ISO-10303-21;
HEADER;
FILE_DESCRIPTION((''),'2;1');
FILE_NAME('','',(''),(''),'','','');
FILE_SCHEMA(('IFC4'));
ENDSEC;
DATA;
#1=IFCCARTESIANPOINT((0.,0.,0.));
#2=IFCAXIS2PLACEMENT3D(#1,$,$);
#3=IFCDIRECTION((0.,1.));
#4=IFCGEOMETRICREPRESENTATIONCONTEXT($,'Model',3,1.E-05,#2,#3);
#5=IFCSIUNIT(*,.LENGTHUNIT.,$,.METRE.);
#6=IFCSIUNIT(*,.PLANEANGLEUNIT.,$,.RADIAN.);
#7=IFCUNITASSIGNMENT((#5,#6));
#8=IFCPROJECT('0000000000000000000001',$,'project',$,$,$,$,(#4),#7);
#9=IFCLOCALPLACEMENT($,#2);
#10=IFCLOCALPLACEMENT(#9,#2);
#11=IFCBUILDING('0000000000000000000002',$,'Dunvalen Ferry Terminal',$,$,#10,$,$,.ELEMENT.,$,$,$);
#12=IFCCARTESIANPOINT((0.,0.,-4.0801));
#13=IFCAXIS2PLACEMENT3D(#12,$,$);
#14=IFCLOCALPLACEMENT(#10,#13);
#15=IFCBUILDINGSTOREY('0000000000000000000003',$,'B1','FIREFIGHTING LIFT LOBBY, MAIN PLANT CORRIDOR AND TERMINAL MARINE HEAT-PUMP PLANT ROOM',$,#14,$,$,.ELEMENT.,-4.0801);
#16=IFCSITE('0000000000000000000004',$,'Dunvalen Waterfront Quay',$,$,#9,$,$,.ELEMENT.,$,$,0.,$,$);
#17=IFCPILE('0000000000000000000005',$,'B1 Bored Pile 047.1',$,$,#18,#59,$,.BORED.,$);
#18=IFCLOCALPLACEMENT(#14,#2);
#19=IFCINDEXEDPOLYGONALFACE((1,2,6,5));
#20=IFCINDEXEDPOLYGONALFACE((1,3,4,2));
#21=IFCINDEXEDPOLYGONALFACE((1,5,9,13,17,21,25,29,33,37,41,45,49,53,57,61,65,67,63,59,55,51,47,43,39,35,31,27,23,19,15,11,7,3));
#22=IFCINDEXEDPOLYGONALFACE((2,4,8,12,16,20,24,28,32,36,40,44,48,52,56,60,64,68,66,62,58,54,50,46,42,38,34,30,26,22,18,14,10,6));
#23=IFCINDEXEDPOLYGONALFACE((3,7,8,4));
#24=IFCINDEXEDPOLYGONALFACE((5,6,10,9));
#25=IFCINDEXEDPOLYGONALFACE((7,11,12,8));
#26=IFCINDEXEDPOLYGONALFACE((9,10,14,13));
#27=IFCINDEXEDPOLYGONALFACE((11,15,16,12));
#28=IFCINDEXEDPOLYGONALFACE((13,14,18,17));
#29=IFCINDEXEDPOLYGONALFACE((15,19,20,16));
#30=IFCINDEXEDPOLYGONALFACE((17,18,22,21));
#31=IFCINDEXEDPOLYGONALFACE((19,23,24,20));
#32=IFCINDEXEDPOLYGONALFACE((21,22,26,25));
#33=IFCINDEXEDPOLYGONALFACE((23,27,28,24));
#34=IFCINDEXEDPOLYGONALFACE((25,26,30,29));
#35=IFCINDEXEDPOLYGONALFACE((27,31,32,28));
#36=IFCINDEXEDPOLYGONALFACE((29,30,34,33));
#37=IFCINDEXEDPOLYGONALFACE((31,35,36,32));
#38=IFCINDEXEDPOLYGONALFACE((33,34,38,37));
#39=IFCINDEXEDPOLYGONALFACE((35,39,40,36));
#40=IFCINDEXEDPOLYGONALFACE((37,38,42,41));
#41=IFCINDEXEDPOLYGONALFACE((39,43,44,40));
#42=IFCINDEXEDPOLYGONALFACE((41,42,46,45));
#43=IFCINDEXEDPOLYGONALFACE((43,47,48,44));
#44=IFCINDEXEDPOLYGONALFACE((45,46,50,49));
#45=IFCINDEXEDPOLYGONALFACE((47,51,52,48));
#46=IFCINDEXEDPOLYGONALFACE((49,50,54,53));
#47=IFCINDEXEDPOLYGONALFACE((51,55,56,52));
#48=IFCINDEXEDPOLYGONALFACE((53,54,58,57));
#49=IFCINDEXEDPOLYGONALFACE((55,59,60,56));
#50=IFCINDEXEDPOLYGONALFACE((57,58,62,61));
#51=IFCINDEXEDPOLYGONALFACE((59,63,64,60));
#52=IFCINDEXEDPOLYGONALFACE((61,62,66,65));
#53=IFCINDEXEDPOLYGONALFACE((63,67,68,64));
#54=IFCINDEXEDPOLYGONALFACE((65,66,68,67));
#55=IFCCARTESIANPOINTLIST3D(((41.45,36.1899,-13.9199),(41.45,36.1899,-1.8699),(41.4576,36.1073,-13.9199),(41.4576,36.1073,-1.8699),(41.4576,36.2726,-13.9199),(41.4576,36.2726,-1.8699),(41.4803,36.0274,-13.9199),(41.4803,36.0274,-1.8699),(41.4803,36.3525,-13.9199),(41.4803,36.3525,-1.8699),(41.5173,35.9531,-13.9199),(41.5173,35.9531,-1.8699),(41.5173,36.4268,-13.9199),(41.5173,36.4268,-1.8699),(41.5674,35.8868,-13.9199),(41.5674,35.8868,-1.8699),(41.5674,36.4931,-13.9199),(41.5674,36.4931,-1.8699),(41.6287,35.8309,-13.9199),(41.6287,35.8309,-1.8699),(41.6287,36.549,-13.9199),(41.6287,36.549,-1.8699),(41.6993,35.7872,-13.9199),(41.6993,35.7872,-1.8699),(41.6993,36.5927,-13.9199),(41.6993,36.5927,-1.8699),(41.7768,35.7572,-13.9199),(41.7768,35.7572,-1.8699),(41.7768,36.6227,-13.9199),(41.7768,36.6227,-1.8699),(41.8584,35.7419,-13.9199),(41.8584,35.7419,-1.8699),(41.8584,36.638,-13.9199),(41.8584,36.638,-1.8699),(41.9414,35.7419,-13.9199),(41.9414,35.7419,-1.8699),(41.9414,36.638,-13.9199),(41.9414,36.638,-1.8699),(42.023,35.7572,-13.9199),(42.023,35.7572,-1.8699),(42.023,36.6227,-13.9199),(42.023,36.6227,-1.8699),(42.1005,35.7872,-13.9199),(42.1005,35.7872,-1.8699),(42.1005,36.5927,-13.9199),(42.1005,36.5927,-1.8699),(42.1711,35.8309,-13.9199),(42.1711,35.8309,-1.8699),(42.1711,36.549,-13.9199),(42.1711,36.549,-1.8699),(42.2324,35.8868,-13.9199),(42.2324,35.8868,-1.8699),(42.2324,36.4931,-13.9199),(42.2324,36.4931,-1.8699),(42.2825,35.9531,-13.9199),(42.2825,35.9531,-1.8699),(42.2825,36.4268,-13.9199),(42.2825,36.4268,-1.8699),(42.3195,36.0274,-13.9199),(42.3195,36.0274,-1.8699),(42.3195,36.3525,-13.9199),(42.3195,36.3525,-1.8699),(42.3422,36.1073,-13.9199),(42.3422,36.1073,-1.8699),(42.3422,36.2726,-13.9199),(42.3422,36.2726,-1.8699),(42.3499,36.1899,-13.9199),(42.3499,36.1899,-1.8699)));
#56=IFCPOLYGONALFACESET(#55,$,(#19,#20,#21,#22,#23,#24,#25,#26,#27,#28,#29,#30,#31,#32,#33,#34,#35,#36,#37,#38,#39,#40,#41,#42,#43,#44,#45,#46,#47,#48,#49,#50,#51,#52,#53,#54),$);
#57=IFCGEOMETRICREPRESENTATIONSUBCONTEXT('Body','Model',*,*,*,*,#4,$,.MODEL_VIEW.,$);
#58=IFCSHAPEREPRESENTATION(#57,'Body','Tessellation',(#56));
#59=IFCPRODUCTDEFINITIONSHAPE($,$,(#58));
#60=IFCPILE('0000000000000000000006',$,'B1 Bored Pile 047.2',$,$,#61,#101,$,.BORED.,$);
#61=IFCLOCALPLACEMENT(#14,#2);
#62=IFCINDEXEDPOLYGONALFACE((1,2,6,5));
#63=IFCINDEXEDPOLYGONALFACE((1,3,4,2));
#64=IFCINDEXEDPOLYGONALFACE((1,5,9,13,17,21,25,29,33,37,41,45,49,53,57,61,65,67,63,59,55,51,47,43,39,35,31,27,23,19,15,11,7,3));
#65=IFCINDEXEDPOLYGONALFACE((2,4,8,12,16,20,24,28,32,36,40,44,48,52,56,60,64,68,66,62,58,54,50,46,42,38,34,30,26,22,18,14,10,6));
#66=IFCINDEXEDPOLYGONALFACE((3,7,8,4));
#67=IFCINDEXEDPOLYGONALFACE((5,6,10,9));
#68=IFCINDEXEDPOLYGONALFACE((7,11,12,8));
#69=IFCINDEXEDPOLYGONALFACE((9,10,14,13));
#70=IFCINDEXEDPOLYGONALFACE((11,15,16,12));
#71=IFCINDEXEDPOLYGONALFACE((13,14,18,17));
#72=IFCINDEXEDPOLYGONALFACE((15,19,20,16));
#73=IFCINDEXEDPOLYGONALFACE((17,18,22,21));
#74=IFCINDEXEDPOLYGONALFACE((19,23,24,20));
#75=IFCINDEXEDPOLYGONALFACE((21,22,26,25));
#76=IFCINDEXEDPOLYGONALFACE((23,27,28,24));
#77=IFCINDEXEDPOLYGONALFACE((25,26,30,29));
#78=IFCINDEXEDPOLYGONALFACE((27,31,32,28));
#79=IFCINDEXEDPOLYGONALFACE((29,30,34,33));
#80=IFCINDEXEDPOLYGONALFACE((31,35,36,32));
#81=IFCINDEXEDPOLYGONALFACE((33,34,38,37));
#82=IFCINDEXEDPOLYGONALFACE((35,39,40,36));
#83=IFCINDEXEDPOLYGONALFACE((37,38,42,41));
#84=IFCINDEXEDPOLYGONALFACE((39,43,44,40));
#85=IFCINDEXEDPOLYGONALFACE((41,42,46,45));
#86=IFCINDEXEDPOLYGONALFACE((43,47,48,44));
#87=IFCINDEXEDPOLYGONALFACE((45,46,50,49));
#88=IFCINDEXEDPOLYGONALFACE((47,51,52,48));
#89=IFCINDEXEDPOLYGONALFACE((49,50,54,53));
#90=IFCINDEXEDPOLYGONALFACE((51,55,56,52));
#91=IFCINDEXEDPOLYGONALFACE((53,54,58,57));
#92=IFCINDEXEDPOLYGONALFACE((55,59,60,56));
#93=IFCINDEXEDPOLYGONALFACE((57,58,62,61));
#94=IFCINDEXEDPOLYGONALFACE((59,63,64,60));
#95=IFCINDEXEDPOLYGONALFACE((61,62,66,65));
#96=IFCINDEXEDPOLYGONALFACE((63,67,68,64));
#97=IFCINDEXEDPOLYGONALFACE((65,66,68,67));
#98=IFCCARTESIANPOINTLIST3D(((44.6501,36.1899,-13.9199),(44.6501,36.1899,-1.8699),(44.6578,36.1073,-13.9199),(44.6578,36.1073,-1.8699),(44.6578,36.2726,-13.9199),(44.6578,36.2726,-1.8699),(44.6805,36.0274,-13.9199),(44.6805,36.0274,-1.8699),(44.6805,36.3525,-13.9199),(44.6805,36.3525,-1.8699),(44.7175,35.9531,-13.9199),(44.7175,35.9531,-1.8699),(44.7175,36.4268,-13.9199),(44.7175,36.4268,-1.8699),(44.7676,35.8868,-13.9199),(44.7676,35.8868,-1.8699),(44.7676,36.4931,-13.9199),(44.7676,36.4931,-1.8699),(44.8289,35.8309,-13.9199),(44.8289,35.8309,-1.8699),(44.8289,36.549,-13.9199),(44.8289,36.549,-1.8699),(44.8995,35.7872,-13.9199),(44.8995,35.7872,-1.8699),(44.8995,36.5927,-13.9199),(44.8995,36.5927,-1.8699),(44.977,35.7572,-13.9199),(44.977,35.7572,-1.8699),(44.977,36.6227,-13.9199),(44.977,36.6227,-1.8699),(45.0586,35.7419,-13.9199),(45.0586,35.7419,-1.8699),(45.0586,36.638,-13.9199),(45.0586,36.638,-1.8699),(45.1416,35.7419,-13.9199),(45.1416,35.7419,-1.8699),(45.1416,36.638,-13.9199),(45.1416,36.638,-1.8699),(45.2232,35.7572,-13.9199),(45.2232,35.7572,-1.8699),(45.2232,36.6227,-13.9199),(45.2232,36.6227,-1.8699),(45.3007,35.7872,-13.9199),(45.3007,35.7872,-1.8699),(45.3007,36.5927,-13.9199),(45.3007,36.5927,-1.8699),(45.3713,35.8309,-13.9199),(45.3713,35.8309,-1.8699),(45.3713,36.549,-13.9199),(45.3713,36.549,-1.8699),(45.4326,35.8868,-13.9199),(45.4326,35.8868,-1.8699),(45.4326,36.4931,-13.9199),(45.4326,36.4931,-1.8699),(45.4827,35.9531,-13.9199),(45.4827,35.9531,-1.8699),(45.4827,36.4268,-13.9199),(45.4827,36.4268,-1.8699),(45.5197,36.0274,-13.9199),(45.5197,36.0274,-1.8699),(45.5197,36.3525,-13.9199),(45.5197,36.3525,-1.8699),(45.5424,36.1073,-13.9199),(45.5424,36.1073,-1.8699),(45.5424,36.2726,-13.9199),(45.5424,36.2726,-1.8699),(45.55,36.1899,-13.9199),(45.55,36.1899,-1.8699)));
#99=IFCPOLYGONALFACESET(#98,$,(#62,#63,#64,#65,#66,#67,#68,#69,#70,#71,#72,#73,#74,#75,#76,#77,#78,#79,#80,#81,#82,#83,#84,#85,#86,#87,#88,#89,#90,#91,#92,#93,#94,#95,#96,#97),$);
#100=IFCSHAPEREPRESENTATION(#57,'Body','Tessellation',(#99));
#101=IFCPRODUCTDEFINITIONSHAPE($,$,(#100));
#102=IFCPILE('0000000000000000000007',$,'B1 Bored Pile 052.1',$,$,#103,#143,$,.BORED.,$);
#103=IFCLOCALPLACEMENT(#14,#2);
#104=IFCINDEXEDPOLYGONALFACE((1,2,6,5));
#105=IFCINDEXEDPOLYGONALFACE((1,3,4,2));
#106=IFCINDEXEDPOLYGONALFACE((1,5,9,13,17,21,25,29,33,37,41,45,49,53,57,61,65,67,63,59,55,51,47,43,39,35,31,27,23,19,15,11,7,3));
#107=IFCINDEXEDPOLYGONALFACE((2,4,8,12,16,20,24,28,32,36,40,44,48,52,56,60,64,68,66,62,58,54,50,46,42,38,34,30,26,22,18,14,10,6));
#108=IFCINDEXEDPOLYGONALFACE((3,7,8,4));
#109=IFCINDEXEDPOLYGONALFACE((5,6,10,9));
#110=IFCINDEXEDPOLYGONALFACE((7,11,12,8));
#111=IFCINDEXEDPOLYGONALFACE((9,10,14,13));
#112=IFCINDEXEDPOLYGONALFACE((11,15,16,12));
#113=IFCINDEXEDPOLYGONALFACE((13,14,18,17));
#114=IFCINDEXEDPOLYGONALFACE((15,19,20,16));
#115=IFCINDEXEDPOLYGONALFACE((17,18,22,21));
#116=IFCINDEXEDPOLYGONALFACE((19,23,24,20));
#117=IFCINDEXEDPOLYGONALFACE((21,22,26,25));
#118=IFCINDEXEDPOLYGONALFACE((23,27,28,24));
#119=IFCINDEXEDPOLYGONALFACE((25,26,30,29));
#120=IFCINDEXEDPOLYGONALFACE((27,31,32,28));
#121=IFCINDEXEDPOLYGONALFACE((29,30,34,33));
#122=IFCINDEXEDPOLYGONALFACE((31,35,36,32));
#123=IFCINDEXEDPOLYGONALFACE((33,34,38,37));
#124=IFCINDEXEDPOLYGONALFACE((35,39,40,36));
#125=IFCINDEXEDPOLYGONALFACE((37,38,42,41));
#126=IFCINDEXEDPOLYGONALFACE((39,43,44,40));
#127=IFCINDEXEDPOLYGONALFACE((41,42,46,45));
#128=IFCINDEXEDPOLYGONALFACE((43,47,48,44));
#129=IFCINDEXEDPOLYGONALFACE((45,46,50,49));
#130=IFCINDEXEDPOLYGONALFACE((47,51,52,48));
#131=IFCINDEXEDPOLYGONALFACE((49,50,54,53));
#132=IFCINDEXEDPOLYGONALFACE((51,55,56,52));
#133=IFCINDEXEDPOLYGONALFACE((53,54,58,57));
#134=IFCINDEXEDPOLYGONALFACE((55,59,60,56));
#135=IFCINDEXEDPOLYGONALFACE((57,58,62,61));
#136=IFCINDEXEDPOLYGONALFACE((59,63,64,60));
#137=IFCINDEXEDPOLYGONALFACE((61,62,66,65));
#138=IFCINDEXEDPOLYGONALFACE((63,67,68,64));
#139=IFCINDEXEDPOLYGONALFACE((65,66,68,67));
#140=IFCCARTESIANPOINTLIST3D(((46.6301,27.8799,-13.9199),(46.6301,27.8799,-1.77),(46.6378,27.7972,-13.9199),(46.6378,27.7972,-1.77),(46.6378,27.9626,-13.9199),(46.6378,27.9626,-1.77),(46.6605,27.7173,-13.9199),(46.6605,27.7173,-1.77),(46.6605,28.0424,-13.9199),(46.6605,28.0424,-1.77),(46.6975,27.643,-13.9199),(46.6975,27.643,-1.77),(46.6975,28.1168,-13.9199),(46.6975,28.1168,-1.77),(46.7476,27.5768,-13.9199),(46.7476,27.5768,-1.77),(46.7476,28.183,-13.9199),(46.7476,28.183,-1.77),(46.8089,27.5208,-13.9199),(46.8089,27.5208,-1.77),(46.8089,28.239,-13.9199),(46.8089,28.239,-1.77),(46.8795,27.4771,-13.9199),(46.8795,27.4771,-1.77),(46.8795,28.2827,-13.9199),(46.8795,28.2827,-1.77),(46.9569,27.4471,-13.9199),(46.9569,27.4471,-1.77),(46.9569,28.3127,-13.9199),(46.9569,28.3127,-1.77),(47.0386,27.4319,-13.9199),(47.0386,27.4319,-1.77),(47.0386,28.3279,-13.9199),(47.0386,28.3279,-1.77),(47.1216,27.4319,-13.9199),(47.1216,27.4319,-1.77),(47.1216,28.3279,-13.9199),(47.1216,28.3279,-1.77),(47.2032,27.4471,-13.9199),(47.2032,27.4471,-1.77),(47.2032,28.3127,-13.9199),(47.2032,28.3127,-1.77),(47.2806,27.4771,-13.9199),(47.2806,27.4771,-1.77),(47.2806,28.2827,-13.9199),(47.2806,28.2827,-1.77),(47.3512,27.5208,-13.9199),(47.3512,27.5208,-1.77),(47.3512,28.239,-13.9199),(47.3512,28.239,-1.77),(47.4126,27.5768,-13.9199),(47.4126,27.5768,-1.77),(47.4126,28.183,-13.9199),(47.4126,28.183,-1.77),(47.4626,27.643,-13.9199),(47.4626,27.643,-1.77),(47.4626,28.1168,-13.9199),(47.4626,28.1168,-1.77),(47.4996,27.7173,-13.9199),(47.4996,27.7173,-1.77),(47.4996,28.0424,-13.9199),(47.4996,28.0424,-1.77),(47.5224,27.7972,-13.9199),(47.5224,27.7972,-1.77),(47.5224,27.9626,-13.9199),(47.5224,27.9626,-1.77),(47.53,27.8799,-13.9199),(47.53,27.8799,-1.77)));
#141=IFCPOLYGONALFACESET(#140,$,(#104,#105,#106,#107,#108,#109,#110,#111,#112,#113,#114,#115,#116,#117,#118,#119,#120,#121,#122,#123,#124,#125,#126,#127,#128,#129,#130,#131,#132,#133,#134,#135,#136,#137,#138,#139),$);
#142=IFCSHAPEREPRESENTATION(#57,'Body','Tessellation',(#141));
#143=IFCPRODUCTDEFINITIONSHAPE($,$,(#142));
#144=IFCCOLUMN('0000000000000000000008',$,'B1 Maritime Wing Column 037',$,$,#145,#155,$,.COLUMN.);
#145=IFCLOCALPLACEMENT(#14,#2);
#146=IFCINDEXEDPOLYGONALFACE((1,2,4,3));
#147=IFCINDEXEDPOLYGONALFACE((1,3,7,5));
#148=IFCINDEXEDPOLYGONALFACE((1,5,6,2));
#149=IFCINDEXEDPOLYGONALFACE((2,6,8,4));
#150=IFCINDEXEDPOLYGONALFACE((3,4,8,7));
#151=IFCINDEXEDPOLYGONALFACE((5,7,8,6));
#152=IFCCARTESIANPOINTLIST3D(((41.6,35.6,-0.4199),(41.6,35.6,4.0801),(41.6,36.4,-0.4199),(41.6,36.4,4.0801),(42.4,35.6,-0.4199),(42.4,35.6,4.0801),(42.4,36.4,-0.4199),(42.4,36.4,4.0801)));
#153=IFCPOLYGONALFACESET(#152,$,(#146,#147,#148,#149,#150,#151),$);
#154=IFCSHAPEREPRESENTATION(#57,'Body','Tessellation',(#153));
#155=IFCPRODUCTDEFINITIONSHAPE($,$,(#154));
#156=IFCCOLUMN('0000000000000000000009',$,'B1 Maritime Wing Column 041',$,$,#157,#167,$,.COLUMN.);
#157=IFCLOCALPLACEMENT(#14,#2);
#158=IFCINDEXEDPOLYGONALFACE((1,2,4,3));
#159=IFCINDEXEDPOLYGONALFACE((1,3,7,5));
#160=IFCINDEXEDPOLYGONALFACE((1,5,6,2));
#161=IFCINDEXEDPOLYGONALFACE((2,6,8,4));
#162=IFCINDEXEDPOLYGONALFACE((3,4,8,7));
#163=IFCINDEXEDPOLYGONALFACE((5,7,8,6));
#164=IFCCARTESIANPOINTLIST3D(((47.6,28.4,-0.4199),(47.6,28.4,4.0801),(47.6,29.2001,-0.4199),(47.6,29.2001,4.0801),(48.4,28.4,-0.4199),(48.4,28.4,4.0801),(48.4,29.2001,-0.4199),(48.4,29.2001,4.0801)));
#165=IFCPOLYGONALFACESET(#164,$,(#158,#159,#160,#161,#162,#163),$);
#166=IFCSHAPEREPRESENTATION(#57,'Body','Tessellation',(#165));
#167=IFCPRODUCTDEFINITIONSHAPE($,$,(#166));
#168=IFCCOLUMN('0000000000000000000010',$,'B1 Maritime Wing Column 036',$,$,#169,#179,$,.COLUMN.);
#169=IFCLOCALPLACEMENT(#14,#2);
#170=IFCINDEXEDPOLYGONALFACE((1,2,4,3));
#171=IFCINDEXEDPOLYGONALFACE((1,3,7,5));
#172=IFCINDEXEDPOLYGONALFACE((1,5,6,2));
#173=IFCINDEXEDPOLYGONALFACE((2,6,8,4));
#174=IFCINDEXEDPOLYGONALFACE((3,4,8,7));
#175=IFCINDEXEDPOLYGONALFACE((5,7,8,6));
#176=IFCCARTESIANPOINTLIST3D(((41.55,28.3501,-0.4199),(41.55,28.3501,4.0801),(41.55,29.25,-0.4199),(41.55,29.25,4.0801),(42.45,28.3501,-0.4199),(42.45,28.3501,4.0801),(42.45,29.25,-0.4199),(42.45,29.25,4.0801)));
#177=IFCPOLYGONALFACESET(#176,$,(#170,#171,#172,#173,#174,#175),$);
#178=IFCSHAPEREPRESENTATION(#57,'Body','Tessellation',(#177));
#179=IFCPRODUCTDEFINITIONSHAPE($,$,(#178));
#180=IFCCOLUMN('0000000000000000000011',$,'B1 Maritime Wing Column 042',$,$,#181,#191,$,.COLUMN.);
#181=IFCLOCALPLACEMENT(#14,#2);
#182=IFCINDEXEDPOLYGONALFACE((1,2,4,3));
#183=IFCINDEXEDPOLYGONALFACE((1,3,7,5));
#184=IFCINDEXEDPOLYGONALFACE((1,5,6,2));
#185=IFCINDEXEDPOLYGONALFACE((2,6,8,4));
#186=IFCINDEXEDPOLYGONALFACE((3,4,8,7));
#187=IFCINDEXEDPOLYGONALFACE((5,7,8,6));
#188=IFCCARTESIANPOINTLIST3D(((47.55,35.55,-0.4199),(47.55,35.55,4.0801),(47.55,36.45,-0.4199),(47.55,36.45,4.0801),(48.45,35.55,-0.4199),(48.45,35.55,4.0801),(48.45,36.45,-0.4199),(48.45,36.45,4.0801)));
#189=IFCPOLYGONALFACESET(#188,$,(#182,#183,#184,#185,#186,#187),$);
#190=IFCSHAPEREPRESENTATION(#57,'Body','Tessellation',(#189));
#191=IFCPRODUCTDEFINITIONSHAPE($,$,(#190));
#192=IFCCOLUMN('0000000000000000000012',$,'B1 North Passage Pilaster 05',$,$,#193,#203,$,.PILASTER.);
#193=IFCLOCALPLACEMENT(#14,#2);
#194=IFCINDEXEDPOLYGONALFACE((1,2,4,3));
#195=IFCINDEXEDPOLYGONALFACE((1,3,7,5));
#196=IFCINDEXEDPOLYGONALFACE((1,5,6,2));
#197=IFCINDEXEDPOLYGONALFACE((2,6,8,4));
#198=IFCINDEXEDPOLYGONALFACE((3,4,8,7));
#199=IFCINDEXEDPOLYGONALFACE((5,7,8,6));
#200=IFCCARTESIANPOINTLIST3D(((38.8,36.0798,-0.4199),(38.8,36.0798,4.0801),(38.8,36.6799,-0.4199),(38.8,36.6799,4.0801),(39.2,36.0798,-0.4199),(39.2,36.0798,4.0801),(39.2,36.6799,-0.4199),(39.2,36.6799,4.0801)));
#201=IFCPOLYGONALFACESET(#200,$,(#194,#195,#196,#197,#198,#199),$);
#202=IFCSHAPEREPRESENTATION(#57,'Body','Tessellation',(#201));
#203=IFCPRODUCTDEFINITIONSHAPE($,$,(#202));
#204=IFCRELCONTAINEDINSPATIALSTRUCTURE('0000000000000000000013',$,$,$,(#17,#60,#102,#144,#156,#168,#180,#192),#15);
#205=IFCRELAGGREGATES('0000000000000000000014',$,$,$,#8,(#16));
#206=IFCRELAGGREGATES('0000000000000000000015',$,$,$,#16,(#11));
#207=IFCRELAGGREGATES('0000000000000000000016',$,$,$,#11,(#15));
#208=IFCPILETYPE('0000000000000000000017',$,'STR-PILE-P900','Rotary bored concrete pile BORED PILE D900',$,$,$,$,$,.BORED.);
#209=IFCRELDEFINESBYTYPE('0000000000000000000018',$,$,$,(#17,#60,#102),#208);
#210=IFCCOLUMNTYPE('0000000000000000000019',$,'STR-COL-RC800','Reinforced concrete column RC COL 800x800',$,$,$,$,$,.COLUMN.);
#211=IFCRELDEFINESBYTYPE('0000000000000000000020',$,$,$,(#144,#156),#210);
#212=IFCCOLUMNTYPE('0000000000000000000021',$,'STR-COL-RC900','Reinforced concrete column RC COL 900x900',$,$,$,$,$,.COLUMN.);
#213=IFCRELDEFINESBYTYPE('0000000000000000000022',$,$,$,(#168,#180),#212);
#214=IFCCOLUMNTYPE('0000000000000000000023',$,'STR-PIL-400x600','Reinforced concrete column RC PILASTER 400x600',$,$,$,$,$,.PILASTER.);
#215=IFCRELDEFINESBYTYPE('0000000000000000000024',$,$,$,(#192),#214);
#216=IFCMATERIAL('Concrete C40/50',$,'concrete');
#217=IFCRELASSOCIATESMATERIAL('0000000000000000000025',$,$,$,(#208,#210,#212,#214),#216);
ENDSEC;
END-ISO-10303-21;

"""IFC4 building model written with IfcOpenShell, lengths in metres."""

from ifc_helpers import new_model, si_unit, direction, frame, origin, origin_2d, place, context, subcontext, project, spatial, rectangle, circle, extrude, material, material_profile, profile_set, type_object, element, save


model = new_model("IFC4")

# Units and contexts
model_context = context("Model", 3, precision=1e-05, world=origin(), true_north=direction((0.0, 1.0)))
body_context = subcontext(model_context, "Body", "Model", "MODEL_VIEW")
ifc_project = project(units=[si_unit("LENGTHUNIT", "METRE"), si_unit("PLANEANGLEUNIT", "RADIAN")], contexts=[model_context])

# Site, building, storey
site_placement = place(None, origin())
site = spatial("IfcSite", under=ifc_project, at=site_placement, Name="Dunvalen Waterfront Quay", CompositionType="ELEMENT", RefElevation=0.0)
building_placement = place(site_placement, origin())
building = spatial("IfcBuilding", under=site, at=building_placement, Name="Dunvalen Ferry Terminal", CompositionType="ELEMENT")
storey_placement = place(building_placement, frame((0.0, 0.0, -4.0801)))
storey = spatial("IfcBuildingStorey", under=building, at=storey_placement, Name="B1", Description="FIREFIGHTING LIFT LOBBY, MAIN PLANT CORRIDOR AND TERMINAL MARINE HEAT-PUMP PLANT ROOM", CompositionType="ELEMENT", Elevation=-4.0801)

# Shared definitions
ifc_material_1 = material(Name="Concrete C40/50", Category="concrete")

# Piles
ifc_material_profile_1 = material_profile(ifc_material_1, circle(Radius=0.45, at=origin_2d()), Name="Concrete C40/50")
ifc_profile_set_1 = profile_set([ifc_material_profile_1], Name="Concrete C40/50")
pile_type_1 = type_object("IfcPileType", Name="STR-PILE-P900", Description="Rotary bored concrete pile BORED PILE D900", PredefinedType="BORED", material=ifc_profile_set_1)
for number, where, z_axis, x_axis, name in (
    (1, (41.8999, 36.1899, -1.8699), (0.0, 0.0, -1.0), (1.0, 0.0, 0.0), "B1 Bored Pile 047.1"),
    (2, (45.1001, 36.1899, -1.8699), (0.0, 0.0, -1.0), (1.0, 0.0, 0.0), "B1 Bored Pile 047.2"),
):
    element("IfcPile", number, at=place(storey_placement, frame(where, z_axis=z_axis, x_axis=x_axis)), inside=storey, type_object=pile_type_1, Name=name, PredefinedType="BORED", context=body_context, shape_type="SweptSolid", body=[
        extrude(circle(Radius=0.45, at=origin_2d()), origin(), (0.0, 0.0, 1.0), 12.05),
    ])
pile_1_placement = place(storey_placement, frame((47.0801, 27.8799, -1.77), z_axis=(0.0, 0.0, -1.0), x_axis=(1.0, 0.0, 0.0)))
element("IfcPile", 3, at=pile_1_placement, inside=storey, type_object=pile_type_1, Name="B1 Bored Pile 052.1", PredefinedType="BORED", context=body_context, shape_type="SweptSolid", body=[
    extrude(circle(Radius=0.45, at=origin_2d()), origin(), (0.0, 0.0, 1.0), 12.1499),
])

# Columns
ifc_material_profile_2 = material_profile(ifc_material_1, rectangle(XDim=0.8, YDim=0.8, at=origin_2d()), Name="Concrete C40/50")
ifc_profile_set_2 = profile_set([ifc_material_profile_2], Name="Concrete C40/50")
column_type_1 = type_object("IfcColumnType", Name="STR-COL-RC800", Description="Reinforced concrete column RC COL 800x800", PredefinedType="COLUMN", material=ifc_profile_set_2)
for number, where, z_axis, x_axis, name in (
    (4, (42.0, 36.0, -0.4199), (0.0, 0.0, 1.0), (1.0, 0.0, 0.0), "B1 Maritime Wing Column 037"),
    (5, (48.0, 28.8, -0.4199), (0.0, 0.0, 1.0), (1.0, 0.0, 0.0), "B1 Maritime Wing Column 041"),
):
    element("IfcColumn", number, at=place(storey_placement, frame(where, z_axis=z_axis, x_axis=x_axis)), inside=storey, type_object=column_type_1, Name=name, PredefinedType="COLUMN", context=body_context, shape_type="SweptSolid", body=[
        extrude(rectangle(XDim=0.8, YDim=0.8, at=origin_2d()), origin(), (0.0, 0.0, 1.0), 4.5),
    ])
ifc_material_profile_3 = material_profile(ifc_material_1, rectangle(XDim=0.8999, YDim=0.8999, at=origin_2d()), Name="Concrete C40/50")
ifc_profile_set_3 = profile_set([ifc_material_profile_3], Name="Concrete C40/50")
column_type_2 = type_object("IfcColumnType", Name="STR-COL-RC900", Description="Reinforced concrete column RC COL 900x900", PredefinedType="COLUMN", material=ifc_profile_set_3)
for number, where, z_axis, x_axis, name in (
    (6, (42.0, 28.8, -0.4199), (0.0, 0.0, 1.0), (1.0, 0.0, 0.0), "B1 Maritime Wing Column 036"),
    (7, (48.0, 36.0, -0.4199), (0.0, 0.0, 1.0), (1.0, 0.0, 0.0), "B1 Maritime Wing Column 042"),
):
    element("IfcColumn", number, at=place(storey_placement, frame(where, z_axis=z_axis, x_axis=x_axis)), inside=storey, type_object=column_type_2, Name=name, PredefinedType="COLUMN", context=body_context, shape_type="SweptSolid", body=[
        extrude(rectangle(XDim=0.8999, YDim=0.8999, at=origin_2d()), origin(), (0.0, 0.0, 1.0), 4.5),
    ])
ifc_material_profile_4 = material_profile(ifc_material_1, rectangle(XDim=0.3999, YDim=0.6001, at=origin_2d()), Name="Concrete C40/50")
ifc_profile_set_4 = profile_set([ifc_material_profile_4], Name="Concrete C40/50")
column_type_3 = type_object("IfcColumnType", Name="STR-PIL-400x600", Description="Reinforced concrete column RC PILASTER 400x600", PredefinedType="PILASTER", material=ifc_profile_set_4)
for number, where, z_axis, x_axis, name in (
    (8, (39.0, 36.3799, -0.4199), (0.0, 0.0, 1.0), (1.0, 0.0, 0.0), "B1 North Passage Pilaster 05"),
):
    element("IfcColumn", number, at=place(storey_placement, frame(where, z_axis=z_axis, x_axis=x_axis)), inside=storey, type_object=column_type_3, Name=name, PredefinedType="PILASTER", context=body_context, shape_type="SweptSolid", body=[
        extrude(rectangle(XDim=0.3999, YDim=0.6001, at=origin_2d()), origin(), (0.0, 0.0, 1.0), 4.5),
    ])

save(model, "model.ifc")
